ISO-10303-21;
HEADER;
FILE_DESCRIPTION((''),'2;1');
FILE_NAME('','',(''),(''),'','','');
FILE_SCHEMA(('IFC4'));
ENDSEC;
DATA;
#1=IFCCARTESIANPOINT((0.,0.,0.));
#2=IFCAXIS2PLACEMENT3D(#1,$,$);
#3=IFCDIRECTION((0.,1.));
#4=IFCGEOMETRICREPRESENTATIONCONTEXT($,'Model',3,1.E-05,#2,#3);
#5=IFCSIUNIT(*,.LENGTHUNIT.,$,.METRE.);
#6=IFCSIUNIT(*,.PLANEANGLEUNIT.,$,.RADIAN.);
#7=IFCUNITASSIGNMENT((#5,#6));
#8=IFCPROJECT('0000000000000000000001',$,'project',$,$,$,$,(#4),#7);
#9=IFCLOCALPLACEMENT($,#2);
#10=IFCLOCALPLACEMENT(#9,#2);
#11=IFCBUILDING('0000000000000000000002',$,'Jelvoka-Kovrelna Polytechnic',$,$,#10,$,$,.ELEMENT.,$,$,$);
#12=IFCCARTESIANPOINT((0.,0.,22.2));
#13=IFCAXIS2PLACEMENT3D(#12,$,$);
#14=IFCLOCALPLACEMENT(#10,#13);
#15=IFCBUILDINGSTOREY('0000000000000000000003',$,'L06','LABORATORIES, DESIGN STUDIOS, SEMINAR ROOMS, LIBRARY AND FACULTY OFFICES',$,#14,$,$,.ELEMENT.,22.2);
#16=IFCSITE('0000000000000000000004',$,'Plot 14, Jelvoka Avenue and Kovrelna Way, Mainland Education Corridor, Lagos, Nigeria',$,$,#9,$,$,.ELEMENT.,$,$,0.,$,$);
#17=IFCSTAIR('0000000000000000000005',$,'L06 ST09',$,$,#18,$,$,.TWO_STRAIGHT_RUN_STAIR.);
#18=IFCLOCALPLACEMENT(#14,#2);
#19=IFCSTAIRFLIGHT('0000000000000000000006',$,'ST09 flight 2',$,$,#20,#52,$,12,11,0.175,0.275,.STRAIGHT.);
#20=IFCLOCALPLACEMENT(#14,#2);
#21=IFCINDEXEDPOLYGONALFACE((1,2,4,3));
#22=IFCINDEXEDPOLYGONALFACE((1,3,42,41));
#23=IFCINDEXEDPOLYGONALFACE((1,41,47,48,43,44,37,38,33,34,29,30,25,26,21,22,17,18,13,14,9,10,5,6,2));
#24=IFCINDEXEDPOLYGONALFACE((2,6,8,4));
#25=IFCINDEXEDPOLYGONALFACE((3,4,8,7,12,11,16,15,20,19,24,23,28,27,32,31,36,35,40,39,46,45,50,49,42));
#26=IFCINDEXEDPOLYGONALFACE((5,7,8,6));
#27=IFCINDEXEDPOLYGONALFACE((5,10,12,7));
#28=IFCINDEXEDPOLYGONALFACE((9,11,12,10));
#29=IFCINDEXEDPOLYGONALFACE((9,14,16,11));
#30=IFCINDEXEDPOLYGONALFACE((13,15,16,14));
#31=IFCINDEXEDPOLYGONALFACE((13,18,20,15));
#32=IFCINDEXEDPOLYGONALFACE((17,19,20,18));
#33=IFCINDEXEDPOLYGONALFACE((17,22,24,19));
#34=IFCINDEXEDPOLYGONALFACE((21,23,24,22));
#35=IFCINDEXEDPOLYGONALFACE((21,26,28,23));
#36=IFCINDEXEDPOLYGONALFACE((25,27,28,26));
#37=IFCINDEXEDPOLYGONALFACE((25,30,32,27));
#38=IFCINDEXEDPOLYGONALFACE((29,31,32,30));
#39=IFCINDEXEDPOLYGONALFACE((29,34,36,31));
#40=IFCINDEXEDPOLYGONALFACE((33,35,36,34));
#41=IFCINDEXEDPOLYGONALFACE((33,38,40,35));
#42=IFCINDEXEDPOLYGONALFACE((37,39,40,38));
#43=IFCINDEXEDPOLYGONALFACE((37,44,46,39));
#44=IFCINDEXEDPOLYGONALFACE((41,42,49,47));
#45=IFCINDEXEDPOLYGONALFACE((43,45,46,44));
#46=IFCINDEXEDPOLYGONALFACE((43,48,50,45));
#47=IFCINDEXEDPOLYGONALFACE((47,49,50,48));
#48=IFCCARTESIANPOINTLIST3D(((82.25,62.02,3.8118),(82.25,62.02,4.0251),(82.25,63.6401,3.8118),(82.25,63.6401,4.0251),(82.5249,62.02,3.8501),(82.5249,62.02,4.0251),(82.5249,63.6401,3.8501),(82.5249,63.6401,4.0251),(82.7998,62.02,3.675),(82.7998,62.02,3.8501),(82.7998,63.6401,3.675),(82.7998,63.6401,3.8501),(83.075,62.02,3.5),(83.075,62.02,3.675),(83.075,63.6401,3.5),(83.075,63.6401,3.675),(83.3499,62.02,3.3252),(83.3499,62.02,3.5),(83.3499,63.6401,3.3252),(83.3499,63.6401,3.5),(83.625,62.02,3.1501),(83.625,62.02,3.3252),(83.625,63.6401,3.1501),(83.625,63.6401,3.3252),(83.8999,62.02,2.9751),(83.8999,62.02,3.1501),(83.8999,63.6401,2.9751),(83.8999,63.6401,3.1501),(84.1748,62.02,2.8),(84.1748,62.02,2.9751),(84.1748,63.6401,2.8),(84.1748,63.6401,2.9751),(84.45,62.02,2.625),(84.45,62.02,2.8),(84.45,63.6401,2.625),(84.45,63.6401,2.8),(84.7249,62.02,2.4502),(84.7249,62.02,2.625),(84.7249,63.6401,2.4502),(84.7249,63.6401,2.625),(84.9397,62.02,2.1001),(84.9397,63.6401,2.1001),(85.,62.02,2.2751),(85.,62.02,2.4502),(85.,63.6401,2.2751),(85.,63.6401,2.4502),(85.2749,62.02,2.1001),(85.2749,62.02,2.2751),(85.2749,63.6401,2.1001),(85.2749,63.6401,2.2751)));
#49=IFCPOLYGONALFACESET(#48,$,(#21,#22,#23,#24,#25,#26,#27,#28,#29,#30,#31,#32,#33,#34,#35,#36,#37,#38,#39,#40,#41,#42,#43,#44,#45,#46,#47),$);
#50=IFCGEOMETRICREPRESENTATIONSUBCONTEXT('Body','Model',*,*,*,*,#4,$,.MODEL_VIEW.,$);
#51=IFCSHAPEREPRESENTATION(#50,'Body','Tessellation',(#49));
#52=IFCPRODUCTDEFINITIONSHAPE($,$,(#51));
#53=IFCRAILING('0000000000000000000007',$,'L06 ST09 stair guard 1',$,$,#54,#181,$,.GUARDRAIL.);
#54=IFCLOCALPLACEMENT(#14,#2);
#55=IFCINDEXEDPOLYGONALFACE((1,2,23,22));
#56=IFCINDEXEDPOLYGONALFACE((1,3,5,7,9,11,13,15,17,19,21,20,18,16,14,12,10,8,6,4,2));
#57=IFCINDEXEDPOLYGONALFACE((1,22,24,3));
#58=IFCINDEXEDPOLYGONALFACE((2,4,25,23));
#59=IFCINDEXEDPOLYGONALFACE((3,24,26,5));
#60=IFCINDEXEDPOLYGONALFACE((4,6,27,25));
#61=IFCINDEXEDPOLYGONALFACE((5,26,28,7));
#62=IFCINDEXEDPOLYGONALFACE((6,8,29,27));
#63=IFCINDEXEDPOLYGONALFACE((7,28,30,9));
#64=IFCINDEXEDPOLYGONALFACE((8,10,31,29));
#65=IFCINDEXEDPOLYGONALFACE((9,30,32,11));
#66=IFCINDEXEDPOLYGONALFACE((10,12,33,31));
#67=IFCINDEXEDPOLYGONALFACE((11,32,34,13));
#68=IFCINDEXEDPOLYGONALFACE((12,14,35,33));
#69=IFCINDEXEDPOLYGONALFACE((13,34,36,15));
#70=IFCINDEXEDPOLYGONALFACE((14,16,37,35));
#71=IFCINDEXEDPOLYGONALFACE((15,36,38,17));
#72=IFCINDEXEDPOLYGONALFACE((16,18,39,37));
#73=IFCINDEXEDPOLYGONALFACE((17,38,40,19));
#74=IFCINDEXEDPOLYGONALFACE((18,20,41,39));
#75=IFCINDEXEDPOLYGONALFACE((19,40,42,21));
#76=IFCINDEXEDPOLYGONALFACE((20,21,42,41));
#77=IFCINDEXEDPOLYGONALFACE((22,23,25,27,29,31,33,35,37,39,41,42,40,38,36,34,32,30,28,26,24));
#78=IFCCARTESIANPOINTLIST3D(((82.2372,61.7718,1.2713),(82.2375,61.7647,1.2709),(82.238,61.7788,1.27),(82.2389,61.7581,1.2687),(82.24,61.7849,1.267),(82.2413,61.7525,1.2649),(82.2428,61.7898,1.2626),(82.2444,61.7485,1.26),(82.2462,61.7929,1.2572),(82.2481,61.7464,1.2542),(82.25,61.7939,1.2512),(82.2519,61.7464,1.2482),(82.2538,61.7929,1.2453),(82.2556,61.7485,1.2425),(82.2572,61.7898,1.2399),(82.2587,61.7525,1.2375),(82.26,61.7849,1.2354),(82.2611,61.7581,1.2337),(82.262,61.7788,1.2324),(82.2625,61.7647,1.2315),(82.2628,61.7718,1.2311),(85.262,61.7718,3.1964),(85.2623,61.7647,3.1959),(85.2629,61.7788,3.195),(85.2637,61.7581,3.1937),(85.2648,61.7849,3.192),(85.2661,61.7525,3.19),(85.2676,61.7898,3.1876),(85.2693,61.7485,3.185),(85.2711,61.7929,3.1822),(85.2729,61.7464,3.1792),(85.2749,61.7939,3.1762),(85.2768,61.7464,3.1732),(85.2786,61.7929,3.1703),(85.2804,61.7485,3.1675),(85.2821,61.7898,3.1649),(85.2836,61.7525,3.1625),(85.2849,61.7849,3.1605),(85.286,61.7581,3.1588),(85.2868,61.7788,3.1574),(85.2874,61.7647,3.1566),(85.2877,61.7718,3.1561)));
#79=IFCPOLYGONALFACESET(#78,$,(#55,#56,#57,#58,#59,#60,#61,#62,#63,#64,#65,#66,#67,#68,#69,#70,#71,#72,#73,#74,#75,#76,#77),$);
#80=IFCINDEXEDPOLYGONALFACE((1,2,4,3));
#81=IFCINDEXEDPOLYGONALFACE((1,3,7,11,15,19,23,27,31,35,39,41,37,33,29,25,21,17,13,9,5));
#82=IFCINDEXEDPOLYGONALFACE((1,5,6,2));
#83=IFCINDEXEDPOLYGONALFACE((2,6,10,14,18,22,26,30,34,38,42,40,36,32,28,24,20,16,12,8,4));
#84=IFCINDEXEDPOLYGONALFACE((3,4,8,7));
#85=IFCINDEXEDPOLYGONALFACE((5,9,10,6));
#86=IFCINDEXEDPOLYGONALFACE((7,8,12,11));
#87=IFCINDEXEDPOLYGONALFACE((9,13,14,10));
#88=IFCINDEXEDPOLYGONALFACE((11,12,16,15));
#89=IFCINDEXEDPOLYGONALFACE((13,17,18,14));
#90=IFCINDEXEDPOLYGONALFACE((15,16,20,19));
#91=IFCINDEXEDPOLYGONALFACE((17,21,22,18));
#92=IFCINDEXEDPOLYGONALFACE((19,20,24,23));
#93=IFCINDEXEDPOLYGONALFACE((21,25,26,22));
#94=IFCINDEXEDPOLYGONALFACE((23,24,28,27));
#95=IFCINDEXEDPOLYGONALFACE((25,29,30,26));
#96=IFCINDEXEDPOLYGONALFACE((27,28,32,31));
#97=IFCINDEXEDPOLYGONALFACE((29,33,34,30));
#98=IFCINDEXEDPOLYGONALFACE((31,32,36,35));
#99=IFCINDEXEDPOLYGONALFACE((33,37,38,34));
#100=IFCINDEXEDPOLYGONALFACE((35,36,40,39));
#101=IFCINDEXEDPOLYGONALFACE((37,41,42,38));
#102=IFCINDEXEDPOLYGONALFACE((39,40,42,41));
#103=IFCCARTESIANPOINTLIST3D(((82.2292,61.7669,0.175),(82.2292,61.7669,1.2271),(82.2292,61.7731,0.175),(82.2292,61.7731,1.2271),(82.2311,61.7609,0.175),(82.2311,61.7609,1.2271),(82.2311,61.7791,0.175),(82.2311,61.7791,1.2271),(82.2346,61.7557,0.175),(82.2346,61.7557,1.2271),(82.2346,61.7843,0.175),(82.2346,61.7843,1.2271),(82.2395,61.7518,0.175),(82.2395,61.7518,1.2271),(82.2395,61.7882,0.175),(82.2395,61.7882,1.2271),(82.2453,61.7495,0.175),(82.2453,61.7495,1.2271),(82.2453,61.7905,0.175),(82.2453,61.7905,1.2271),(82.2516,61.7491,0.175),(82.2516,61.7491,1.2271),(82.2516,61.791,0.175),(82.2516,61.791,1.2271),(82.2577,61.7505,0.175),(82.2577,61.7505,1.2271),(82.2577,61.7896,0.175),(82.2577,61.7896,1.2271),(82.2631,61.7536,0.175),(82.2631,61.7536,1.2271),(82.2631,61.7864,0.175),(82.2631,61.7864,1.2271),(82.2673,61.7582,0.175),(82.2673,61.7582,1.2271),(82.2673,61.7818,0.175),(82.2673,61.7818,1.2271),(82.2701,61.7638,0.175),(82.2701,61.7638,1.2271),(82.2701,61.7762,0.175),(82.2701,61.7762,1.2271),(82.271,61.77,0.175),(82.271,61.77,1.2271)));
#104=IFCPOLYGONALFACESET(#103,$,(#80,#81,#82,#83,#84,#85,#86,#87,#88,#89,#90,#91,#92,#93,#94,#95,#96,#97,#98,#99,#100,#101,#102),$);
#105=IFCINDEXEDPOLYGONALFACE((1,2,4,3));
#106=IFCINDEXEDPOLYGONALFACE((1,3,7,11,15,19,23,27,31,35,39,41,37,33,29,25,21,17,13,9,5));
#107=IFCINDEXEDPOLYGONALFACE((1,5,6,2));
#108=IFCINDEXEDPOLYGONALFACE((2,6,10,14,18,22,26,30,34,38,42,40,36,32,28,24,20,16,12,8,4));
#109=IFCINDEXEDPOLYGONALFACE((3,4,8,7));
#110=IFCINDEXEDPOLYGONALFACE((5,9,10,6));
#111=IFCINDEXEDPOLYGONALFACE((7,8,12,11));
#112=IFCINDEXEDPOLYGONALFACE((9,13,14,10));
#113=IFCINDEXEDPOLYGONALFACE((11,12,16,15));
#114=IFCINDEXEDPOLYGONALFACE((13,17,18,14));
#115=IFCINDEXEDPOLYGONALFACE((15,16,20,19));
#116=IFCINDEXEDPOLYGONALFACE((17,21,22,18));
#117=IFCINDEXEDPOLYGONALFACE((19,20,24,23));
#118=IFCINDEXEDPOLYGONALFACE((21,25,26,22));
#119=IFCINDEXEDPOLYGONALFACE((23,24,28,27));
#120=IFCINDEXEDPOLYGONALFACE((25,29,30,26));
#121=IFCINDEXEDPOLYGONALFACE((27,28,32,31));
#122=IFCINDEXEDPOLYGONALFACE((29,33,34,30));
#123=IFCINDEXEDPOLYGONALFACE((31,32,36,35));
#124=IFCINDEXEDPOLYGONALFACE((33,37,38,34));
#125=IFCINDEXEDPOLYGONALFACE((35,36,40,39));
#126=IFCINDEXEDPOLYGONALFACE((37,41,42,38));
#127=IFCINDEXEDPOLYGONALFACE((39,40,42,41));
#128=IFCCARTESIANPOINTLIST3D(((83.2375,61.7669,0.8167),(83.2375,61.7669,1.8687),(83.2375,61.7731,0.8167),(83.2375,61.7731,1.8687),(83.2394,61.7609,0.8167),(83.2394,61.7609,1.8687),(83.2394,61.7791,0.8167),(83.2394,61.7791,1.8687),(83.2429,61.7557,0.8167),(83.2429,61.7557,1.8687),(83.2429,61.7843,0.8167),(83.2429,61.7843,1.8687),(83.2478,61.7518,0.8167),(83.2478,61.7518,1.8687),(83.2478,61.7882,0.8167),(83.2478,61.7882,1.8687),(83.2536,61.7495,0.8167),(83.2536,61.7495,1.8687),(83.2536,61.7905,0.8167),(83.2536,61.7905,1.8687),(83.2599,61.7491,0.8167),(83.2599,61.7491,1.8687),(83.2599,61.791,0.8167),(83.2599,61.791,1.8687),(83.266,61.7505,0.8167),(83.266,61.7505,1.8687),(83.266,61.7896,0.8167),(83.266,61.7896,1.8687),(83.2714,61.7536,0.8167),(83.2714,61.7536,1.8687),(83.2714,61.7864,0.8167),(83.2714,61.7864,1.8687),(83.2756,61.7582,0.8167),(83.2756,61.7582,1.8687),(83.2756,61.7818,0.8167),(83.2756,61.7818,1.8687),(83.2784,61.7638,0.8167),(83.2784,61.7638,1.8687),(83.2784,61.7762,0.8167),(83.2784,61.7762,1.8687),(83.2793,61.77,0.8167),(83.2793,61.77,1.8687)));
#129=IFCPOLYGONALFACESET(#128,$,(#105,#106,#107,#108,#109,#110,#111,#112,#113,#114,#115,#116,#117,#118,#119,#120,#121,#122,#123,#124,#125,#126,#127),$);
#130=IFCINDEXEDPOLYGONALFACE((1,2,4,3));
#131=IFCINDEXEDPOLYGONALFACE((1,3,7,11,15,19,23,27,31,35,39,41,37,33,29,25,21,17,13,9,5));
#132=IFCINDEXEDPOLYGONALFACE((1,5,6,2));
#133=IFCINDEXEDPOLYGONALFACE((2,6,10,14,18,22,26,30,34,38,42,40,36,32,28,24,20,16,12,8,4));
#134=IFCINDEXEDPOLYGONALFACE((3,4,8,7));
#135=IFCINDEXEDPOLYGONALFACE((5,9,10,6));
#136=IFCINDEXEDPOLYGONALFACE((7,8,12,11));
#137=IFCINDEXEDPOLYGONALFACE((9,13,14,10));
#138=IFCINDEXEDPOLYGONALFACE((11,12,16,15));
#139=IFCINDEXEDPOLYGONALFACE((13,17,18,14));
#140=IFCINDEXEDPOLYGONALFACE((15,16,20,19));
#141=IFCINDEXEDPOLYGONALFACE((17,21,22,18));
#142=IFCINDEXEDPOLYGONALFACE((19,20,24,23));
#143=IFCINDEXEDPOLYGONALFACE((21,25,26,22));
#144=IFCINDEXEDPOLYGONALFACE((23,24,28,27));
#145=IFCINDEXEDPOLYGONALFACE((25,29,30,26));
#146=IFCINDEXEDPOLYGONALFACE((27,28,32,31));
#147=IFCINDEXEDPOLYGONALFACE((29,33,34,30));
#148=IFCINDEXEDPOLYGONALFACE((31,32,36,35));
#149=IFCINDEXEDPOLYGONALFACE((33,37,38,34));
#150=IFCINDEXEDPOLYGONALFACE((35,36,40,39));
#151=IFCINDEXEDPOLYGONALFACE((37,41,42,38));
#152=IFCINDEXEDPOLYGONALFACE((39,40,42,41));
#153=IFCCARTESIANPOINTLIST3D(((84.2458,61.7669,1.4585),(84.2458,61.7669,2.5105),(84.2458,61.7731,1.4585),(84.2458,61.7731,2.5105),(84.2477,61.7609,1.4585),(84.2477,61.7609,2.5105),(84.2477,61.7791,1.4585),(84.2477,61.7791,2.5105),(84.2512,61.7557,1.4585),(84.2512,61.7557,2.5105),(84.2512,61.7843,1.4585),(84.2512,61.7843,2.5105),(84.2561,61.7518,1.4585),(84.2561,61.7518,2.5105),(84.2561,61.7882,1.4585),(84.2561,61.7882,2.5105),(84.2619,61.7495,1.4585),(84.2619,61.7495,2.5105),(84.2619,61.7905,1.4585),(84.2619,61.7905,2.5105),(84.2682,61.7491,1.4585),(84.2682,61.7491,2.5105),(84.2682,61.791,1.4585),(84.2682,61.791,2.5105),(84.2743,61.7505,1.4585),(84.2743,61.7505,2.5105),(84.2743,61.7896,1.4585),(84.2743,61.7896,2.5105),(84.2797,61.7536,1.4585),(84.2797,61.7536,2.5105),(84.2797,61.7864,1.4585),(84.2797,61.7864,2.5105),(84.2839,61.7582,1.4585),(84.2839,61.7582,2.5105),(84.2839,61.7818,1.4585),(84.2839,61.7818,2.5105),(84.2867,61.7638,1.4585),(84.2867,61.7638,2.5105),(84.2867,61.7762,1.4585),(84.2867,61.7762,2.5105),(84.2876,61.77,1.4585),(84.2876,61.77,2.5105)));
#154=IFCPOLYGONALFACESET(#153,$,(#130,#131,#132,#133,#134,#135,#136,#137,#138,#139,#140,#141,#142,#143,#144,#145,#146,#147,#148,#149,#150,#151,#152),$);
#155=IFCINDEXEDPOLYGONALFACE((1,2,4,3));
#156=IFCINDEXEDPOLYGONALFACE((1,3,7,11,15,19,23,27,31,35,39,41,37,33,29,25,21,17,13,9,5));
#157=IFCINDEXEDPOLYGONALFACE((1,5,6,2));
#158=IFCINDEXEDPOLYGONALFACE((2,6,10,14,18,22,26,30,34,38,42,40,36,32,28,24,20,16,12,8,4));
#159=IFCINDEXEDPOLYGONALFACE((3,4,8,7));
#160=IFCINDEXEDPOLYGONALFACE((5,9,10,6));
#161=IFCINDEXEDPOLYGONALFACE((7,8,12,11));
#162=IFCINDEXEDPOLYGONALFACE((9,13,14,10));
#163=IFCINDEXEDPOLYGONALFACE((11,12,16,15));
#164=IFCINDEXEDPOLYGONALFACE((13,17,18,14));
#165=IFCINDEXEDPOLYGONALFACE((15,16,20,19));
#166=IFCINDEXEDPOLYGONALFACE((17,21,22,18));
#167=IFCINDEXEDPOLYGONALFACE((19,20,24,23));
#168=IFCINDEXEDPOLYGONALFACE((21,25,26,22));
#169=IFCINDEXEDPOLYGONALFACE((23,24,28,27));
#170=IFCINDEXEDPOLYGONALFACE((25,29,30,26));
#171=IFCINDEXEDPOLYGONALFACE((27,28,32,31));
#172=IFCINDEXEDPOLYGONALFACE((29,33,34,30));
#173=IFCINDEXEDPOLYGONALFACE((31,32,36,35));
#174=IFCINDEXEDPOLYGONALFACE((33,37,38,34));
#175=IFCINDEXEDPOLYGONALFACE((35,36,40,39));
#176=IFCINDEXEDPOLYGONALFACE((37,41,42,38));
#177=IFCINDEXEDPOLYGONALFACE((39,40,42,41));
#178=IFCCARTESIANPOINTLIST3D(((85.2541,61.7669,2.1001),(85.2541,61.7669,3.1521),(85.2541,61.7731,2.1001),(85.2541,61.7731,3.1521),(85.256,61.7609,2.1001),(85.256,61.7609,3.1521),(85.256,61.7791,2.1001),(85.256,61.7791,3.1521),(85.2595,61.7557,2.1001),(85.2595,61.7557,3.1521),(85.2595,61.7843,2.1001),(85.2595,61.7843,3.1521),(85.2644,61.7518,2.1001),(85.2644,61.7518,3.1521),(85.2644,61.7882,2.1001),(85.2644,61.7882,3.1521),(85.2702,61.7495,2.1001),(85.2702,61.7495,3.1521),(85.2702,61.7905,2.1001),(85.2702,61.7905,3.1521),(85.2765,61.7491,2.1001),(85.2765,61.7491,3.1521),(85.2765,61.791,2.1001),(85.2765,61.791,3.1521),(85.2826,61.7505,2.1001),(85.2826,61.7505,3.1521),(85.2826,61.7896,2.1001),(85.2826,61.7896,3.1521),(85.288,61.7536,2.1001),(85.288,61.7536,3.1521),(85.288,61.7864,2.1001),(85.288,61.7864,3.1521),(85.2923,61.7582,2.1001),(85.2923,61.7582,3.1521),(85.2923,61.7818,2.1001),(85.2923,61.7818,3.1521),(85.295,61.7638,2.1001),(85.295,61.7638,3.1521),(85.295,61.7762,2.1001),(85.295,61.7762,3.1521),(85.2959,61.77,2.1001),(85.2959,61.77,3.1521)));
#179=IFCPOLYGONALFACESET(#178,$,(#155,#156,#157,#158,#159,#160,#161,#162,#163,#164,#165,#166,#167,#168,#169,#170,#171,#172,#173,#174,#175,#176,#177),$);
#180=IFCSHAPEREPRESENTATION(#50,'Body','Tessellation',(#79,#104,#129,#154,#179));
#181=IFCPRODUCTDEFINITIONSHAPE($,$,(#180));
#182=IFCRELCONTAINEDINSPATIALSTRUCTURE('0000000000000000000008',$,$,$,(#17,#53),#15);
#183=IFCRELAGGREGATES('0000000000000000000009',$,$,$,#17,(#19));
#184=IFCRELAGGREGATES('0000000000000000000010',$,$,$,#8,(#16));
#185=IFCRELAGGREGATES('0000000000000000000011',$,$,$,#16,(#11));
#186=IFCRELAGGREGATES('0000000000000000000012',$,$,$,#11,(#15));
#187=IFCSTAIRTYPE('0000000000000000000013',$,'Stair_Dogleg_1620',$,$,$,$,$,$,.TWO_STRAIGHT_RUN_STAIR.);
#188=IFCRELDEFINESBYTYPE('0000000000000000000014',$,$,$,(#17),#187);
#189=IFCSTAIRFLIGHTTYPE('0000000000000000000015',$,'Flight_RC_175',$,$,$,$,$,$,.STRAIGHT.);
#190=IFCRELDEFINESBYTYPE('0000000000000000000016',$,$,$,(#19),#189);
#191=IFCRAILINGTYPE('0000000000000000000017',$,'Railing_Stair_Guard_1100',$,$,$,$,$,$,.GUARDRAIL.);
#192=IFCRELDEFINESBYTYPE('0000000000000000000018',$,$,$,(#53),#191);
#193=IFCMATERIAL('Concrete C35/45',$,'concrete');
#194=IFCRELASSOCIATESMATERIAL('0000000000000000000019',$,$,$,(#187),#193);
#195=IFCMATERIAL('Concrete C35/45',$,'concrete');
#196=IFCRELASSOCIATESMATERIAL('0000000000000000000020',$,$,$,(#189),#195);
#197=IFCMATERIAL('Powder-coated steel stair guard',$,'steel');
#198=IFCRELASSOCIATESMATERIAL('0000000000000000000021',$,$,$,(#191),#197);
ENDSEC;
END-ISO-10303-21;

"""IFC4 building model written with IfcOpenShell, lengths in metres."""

from ifc_helpers import new_model, si_unit, direction, frame, origin, origin_2d, place, context, subcontext, project, spatial, polyline, circle, outline, extrude, material, type_object, element, aggregate, save


model = new_model("IFC4")

# Units and contexts
model_context = context("Model", 3, precision=1e-05, world=origin(), true_north=direction((0.0, 1.0)))
body_context = subcontext(model_context, "Body", "Model", "MODEL_VIEW")
ifc_project = project(units=[si_unit("LENGTHUNIT", "METRE"), si_unit("PLANEANGLEUNIT", "RADIAN")], contexts=[model_context])

# Site, building, storey
site_placement = place(None, origin())
site = spatial("IfcSite", under=ifc_project, at=site_placement, Name="Plot 14, Jelvoka Avenue and Kovrelna Way, Mainland Education Corridor, Lagos, Nigeria", CompositionType="ELEMENT", RefElevation=0.0)
building_placement = place(site_placement, origin())
building = spatial("IfcBuilding", under=site, at=building_placement, Name="Jelvoka-Kovrelna Polytechnic", CompositionType="ELEMENT")
storey_placement = place(building_placement, frame((0.0, 0.0, 22.2)))
storey = spatial("IfcBuildingStorey", under=building, at=storey_placement, Name="L06", Description="LABORATORIES, DESIGN STUDIOS, SEMINAR ROOMS, LIBRARY AND FACULTY OFFICES", CompositionType="ELEMENT", Elevation=22.2)

# Stair, stair flight
ifc_material_1 = material(Name="Concrete C35/45", Category="concrete")
stair_type = type_object("IfcStairType", Name="Stair_Dogleg_1620", PredefinedType="TWO_STRAIGHT_RUN_STAIR", material=ifc_material_1)
stair_placement = place(storey_placement, origin())
stair = element("IfcStair", 1, at=stair_placement, inside=storey, type_object=stair_type, Name="L06 ST09", PredefinedType="TWO_STRAIGHT_RUN_STAIR")
ifc_material_2 = material(Name="Concrete C35/45", Category="concrete")
stair_flight_type = type_object("IfcStairFlightType", Name="Flight_RC_175", PredefinedType="STRAIGHT", material=ifc_material_2)
stair_flight_1_placement = place(storey_placement, frame((85.2749, 62.8301, 2.1001), z_axis=(0.0, 0.0, 1.0), x_axis=(-1.0, 0.0, 0.0)))
stair_flight_1 = element("IfcStairFlight", 2, at=stair_flight_1_placement, type_object=stair_flight_type, Name="ST09 flight 2", NumberOfRisers=12, NumberOfTreads=11, PredefinedType="STRAIGHT", RiserHeight=0.175, TreadLength=0.275, context=body_context, shape_type="SweptSolid", body=[
    extrude(outline(polyline([(0.0, 0.0), (0.0, 0.175), (0.2749, 0.175), (0.2749, 0.3501), (0.55, 0.3501), (0.55, 0.5249), (0.825, 0.5249), (0.825, 0.7), (1.1001, 0.7), (1.1001, 0.875), (1.375, 0.875), (1.375, 1.05), (1.6499, 1.05), (1.6499, 1.2251), (1.925, 1.2251), (1.925, 1.3999), (2.2, 1.3999), (2.2, 1.575), (2.4751, 1.575), (2.4751, 1.75), (2.75, 1.75), (2.75, 1.925), (3.0249, 1.925), (3.0249, 2.1001), (3.0249, 1.7117), (0.3352, 0.0), (0.0, 0.0)])), frame((0.0, 0.8101, 0.0), z_axis=(0.0, -1.0, 0.0), x_axis=(1.0, 0.0, 0.0)), (0.0, 0.0, 1.0), 1.6201),
])
aggregate(stair, [stair_flight_1])

# Railing
ifc_material_3 = material(Name="Powder-coated steel stair guard", Category="steel")
railing_type_1 = type_object("IfcRailingType", Name="Railing_Stair_Guard_1100", PredefinedType="GUARDRAIL", material=ifc_material_3)
railing_1_placement = place(storey_placement, frame((82.25, 61.77, 0.175)))
element("IfcRailing", 3, at=railing_1_placement, inside=storey, type_object=railing_type_1, Name="L06 ST09 stair guard 1", PredefinedType="GUARDRAIL", context=body_context, shape_type="SweptSolid", body=[
    extrude(circle(Radius=0.0239, at=origin_2d()), frame((0.0, 0.0, 1.0762), z_axis=(0.843647, 0.0, 0.536898), x_axis=(0.0, 1.0, 0.0)), (0.0, 0.0, 1.0), 3.5854),
    extrude(circle(Radius=0.021, at=origin_2d()), origin(), (0.0, 0.0, 1.0), 1.052),
    extrude(circle(Radius=0.021, at=origin_2d()), frame((1.0083, 0.0, 0.6416)), (0.0, 0.0, 1.0), 1.052),
    extrude(circle(Radius=0.021, at=origin_2d()), frame((2.0166, 0.0, 1.2834)), (0.0, 0.0, 1.0), 1.052),
    extrude(circle(Radius=0.021, at=origin_2d()), frame((3.0249, 0.0, 1.925)), (0.0, 0.0, 1.0), 1.052),
])

save(model, "model.ifc")
